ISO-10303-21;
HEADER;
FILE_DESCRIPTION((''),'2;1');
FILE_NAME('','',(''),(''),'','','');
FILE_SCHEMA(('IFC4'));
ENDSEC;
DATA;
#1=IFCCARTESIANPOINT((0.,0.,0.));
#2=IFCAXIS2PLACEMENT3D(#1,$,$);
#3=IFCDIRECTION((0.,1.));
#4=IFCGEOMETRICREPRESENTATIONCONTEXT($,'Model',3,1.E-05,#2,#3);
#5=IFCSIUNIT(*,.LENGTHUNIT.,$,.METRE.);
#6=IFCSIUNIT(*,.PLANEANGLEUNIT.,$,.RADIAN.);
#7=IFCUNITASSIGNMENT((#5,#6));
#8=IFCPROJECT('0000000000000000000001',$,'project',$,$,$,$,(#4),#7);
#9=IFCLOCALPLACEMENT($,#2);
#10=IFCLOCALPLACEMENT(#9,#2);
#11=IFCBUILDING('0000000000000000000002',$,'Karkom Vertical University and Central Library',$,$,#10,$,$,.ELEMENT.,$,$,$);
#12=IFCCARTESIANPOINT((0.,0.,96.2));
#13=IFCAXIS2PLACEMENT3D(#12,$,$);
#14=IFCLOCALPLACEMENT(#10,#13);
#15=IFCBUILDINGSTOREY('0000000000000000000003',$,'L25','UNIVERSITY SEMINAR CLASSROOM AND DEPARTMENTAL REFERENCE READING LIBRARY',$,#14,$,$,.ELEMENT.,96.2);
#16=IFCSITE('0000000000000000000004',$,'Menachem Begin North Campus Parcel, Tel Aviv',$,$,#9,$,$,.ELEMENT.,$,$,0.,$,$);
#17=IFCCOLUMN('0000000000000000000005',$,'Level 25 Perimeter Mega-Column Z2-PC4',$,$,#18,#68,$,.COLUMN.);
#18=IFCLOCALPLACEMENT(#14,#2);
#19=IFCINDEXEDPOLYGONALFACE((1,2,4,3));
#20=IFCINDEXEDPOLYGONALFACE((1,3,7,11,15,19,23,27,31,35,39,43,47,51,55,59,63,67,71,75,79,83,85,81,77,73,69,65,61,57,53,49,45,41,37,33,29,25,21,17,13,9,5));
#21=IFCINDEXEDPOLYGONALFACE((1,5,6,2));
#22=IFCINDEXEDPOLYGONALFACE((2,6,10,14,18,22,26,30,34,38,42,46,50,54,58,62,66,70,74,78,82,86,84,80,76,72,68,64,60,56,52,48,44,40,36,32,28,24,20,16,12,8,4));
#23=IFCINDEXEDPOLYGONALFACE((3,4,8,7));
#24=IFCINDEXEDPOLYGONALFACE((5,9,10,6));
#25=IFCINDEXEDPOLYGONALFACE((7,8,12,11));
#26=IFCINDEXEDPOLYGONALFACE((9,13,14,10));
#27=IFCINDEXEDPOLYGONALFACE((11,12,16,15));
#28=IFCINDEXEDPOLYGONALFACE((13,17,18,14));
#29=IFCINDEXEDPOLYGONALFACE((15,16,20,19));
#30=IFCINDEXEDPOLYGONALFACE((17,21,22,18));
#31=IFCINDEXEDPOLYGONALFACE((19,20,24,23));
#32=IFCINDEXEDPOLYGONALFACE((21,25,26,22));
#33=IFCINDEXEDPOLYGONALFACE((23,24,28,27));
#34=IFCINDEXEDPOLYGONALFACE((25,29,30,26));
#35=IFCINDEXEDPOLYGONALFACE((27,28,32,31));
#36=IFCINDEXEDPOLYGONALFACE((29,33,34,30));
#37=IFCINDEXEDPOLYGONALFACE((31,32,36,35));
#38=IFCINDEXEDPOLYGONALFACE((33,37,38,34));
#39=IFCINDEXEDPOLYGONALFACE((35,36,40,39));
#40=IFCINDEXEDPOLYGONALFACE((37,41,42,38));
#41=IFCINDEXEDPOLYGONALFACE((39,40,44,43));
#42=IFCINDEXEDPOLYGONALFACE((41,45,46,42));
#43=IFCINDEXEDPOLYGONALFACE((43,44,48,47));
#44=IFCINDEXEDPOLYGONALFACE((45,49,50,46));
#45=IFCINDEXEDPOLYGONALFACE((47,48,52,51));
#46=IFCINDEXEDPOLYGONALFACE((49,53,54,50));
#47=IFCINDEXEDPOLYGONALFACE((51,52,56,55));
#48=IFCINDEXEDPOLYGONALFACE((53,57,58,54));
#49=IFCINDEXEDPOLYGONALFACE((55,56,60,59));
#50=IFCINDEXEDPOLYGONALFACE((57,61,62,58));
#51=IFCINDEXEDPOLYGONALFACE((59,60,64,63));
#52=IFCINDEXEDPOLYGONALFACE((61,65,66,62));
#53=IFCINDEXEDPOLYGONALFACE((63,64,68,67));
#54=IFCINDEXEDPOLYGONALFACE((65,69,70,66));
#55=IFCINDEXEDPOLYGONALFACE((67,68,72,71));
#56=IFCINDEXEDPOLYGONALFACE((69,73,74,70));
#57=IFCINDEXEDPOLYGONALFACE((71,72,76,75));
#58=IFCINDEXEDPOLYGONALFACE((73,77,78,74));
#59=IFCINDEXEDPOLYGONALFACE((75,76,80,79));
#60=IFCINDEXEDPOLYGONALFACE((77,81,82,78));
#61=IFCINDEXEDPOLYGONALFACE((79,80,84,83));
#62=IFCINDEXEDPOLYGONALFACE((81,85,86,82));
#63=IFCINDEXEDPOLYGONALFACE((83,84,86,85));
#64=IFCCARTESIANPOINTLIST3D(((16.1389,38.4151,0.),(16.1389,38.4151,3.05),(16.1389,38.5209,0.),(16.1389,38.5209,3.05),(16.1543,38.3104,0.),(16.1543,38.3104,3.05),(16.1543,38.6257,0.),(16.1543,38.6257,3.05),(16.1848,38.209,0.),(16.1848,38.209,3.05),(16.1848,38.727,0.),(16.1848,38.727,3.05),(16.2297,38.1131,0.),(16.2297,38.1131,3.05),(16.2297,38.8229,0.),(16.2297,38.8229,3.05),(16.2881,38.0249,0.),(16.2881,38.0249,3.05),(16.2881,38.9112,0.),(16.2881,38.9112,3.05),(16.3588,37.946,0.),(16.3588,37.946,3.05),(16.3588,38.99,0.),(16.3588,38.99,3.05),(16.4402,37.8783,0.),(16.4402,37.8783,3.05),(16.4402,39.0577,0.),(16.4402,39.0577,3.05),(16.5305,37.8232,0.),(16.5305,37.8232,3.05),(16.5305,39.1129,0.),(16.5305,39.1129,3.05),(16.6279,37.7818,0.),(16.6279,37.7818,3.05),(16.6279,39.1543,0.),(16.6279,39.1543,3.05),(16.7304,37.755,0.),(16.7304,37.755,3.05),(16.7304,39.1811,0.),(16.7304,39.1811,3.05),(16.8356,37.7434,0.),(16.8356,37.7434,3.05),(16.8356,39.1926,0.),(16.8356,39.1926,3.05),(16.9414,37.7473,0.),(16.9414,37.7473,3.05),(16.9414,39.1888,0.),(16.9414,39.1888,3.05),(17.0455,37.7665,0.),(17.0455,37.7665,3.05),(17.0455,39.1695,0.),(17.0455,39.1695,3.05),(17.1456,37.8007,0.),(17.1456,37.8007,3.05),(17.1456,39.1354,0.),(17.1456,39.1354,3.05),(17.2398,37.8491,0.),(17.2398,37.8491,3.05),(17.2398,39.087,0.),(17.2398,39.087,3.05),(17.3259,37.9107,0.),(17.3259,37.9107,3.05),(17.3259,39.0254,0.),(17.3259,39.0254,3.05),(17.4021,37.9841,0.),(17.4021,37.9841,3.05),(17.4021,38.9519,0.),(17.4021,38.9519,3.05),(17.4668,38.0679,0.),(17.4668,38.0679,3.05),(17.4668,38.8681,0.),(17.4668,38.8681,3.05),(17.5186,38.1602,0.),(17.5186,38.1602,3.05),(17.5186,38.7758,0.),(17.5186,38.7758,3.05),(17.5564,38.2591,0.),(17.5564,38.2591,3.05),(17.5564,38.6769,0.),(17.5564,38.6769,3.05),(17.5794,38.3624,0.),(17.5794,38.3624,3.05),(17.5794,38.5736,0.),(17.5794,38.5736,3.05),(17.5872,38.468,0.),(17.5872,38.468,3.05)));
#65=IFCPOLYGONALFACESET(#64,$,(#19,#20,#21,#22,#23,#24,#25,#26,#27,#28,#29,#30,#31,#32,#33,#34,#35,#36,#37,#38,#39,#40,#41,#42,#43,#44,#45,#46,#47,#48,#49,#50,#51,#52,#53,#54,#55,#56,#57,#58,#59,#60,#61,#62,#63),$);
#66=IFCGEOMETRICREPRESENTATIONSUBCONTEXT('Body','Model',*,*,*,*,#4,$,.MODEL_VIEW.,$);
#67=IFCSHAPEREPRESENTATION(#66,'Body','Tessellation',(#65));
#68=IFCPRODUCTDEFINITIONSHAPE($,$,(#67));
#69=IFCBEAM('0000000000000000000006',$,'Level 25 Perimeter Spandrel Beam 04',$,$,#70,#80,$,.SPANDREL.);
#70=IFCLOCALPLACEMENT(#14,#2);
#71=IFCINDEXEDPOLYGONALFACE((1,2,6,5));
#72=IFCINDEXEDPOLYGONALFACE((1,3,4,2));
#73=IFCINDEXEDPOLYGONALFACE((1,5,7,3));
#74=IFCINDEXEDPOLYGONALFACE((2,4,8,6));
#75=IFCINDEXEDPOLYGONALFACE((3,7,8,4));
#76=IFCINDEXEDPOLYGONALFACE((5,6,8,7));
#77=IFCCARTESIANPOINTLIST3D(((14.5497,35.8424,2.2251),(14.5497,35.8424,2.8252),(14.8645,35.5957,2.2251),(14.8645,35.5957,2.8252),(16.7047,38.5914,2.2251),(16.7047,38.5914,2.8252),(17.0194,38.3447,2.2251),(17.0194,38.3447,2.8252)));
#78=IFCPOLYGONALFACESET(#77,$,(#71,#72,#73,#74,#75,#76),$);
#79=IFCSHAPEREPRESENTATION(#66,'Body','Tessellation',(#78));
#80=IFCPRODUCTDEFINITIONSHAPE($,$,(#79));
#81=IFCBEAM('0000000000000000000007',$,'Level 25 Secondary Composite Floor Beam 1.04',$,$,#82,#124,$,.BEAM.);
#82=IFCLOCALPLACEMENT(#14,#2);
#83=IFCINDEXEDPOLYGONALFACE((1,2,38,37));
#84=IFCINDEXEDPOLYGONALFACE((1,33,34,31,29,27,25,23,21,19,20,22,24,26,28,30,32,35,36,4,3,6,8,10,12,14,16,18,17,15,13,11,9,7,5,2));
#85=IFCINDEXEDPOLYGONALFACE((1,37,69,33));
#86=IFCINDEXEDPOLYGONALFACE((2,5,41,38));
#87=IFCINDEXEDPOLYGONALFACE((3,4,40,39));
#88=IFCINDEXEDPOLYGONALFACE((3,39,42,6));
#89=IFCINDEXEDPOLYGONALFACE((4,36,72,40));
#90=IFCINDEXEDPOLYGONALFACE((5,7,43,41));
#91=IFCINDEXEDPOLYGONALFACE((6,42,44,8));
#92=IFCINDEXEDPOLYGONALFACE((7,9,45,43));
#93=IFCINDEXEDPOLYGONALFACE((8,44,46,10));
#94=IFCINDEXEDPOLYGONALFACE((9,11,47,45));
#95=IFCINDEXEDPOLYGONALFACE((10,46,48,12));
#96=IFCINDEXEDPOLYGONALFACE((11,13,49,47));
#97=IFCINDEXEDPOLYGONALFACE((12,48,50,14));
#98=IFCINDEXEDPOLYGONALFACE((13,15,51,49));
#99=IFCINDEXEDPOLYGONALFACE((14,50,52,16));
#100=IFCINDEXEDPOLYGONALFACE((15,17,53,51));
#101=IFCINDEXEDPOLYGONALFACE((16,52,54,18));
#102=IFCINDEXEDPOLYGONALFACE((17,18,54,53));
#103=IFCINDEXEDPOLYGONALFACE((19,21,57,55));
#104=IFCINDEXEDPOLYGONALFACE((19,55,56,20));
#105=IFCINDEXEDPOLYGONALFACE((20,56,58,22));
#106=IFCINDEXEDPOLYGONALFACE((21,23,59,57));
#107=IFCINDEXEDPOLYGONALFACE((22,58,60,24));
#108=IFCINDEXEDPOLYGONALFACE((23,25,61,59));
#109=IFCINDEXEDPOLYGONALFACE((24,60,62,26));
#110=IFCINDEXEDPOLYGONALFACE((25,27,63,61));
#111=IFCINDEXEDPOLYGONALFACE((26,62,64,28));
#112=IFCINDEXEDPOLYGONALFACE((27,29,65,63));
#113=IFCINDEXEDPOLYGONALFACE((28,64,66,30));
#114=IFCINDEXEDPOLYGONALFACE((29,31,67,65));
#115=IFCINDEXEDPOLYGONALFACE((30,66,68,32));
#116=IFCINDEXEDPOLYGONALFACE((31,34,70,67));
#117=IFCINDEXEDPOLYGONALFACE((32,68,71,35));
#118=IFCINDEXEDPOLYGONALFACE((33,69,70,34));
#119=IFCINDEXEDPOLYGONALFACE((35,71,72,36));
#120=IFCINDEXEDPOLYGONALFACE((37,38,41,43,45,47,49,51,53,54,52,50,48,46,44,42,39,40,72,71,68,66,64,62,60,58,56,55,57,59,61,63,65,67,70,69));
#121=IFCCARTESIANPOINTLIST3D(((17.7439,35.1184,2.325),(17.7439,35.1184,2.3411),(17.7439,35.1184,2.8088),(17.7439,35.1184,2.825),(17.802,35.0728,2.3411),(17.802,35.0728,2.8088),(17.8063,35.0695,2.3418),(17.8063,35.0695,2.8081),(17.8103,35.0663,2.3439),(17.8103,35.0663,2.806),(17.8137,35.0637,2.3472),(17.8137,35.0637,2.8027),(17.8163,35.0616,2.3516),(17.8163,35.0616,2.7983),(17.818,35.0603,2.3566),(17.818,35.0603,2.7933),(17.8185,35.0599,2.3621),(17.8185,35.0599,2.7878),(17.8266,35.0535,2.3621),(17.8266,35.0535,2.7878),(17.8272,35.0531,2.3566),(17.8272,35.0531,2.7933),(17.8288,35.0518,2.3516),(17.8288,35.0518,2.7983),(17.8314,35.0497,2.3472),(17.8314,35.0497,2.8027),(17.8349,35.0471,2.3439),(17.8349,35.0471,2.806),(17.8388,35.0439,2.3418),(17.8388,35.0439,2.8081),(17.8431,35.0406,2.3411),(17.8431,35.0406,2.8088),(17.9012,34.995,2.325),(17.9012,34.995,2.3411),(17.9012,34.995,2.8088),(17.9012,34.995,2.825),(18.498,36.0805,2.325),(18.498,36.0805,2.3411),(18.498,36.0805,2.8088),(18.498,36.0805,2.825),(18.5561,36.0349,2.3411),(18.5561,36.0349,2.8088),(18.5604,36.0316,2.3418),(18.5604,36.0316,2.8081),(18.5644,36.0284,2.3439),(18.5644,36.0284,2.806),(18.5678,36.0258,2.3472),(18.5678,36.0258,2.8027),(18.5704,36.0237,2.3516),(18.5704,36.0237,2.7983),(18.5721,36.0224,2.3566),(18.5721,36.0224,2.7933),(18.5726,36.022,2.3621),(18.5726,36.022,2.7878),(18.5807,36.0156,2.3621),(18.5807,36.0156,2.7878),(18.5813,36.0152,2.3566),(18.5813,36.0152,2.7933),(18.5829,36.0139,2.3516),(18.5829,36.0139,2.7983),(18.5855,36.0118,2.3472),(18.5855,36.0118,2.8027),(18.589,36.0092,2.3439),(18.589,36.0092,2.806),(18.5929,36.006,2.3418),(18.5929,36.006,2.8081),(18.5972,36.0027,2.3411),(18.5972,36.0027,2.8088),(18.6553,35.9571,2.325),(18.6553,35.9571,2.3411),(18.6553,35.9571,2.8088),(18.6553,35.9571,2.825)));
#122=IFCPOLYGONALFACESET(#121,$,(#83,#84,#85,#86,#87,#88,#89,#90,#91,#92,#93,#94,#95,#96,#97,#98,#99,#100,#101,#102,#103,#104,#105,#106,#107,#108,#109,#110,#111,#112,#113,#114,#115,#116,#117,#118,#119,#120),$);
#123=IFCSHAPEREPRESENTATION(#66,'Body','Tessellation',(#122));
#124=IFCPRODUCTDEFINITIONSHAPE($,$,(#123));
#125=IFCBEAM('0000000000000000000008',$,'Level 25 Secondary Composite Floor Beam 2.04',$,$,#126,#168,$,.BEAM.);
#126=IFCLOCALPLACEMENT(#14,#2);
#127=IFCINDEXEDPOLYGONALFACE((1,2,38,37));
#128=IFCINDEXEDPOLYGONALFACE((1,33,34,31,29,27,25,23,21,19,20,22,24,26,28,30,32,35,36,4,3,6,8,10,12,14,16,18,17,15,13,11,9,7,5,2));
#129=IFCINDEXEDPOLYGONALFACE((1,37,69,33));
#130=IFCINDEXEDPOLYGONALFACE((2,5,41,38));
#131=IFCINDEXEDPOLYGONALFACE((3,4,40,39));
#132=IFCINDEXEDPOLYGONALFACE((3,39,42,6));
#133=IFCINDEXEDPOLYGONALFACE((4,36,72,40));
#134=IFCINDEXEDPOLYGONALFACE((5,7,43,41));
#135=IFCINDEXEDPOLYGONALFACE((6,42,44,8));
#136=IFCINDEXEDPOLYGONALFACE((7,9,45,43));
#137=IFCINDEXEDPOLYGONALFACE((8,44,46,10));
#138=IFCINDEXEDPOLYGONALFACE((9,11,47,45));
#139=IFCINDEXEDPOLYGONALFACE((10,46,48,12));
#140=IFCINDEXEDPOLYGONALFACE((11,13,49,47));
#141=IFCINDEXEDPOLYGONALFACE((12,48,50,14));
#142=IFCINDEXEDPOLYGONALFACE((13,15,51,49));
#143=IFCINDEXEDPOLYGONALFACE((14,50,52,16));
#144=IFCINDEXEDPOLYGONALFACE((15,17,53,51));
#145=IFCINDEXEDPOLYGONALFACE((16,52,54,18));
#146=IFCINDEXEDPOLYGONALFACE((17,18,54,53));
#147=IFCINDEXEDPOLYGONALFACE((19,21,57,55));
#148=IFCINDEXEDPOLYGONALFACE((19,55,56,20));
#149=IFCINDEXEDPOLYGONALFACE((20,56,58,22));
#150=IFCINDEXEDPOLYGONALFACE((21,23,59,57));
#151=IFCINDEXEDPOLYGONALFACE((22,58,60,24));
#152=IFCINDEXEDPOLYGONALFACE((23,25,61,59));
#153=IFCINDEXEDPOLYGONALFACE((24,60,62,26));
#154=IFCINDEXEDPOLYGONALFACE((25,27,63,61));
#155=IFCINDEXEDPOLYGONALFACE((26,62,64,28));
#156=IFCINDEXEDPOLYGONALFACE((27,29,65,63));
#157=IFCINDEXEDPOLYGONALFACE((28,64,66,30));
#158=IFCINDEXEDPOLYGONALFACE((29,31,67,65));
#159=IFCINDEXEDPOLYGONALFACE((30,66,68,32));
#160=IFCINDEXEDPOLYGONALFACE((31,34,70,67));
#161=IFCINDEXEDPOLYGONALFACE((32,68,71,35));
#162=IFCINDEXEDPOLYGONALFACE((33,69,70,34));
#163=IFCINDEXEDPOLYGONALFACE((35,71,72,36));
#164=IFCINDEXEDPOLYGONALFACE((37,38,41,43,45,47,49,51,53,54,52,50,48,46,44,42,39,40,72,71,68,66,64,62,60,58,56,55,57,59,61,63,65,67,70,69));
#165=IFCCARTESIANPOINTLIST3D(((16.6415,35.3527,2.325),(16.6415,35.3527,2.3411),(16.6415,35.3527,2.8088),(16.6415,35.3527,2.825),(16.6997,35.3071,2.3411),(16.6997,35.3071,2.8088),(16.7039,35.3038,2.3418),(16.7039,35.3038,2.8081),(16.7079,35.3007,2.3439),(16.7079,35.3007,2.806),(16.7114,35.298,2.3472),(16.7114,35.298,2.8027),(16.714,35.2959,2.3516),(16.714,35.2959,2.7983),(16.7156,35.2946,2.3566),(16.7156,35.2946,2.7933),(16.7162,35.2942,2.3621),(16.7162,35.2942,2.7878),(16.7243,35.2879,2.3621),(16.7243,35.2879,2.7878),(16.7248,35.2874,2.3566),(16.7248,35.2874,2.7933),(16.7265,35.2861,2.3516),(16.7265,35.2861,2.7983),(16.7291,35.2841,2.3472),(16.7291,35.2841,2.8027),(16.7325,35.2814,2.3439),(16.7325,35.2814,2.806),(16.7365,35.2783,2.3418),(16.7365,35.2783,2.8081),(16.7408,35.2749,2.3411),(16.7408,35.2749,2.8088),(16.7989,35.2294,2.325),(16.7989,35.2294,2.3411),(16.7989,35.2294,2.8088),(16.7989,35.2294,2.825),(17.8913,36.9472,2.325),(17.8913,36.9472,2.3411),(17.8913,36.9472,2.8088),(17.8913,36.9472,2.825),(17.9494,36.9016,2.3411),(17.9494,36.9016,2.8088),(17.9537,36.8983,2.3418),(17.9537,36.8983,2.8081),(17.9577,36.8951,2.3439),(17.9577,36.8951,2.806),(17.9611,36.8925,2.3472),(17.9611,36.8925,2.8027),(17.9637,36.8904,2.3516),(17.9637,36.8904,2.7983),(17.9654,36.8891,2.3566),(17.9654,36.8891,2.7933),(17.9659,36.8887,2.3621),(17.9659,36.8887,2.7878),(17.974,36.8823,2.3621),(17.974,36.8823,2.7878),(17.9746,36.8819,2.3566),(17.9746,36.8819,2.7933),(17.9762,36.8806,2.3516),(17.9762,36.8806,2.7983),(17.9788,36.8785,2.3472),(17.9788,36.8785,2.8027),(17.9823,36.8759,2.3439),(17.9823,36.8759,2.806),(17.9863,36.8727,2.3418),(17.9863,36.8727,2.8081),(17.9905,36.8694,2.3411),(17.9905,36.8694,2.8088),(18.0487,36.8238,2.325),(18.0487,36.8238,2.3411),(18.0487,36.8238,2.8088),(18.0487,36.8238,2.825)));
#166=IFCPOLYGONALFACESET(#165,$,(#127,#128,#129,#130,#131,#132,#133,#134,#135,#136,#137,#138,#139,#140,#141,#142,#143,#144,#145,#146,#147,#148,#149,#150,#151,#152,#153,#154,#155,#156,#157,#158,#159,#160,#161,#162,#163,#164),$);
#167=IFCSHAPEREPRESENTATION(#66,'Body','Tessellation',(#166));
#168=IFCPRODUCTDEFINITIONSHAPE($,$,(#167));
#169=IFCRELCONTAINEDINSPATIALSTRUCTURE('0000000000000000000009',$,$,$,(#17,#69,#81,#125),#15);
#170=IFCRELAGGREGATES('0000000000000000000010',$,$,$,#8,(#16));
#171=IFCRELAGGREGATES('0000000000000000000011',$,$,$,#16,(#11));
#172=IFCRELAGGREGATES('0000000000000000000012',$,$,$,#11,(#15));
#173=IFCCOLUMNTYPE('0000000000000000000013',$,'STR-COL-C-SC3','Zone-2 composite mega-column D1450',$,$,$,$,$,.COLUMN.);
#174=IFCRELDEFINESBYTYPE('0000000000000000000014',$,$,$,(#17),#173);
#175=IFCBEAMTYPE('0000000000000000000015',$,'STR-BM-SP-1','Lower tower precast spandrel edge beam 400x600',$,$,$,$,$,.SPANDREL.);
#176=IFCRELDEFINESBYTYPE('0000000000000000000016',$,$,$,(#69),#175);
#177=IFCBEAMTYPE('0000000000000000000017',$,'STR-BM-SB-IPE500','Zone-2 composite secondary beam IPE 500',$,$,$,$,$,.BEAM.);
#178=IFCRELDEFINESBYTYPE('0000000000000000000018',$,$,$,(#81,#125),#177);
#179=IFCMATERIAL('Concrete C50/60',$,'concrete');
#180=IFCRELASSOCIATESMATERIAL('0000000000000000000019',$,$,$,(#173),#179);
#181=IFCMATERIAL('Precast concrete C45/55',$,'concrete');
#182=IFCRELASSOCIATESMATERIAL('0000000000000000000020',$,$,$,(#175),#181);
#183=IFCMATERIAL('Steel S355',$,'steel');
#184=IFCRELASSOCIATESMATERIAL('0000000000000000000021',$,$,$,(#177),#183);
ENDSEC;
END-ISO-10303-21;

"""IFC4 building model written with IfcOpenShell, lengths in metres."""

from ifc_helpers import new_model, si_unit, direction, frame, origin, origin_with_axes, origin_2d, place, context, subcontext, project, spatial, rectangle, circle, i_section, extrude, source, transform, mapped, material, material_profile, profile_set, type_object, element, save


model = new_model("IFC4")

# Units and contexts
model_context = context("Model", 3, precision=1e-05, world=origin(), true_north=direction((0.0, 1.0)))
body_context = subcontext(model_context, "Body", "Model", "MODEL_VIEW")
ifc_project = project(units=[si_unit("LENGTHUNIT", "METRE"), si_unit("PLANEANGLEUNIT", "RADIAN")], contexts=[model_context])

# Site, building, storey
site_placement = place(None, origin())
site = spatial("IfcSite", under=ifc_project, at=site_placement, Name="Menachem Begin North Campus Parcel, Tel Aviv", CompositionType="ELEMENT", RefElevation=0.0)
building_placement = place(site_placement, origin())
building = spatial("IfcBuilding", under=site, at=building_placement, Name="Karkom Vertical University and Central Library", CompositionType="ELEMENT")
storey_placement = place(building_placement, frame((0.0, 0.0, 96.2)))
storey = spatial("IfcBuildingStorey", under=building, at=storey_placement, Name="L25", Description="UNIVERSITY SEMINAR CLASSROOM AND DEPARTMENTAL REFERENCE READING LIBRARY", CompositionType="ELEMENT", Elevation=96.2)

# Column
ifc_material_1 = material(Name="Concrete C50/60", Category="concrete")
ifc_material_profile_1 = material_profile(ifc_material_1, circle(Radius=0.7251, at=origin_2d()), Name="CFT-D1450")
ifc_profile_set_1 = profile_set([ifc_material_profile_1], Name="Concrete C50/60")
column_type = type_object("IfcColumnType", Name="STR-COL-C-SC3", Description="Zone-2 composite mega-column D1450", PredefinedType="COLUMN", material=ifc_profile_set_1)
shared_shape_1 = source(origin_with_axes(), body_context, "Body", "SweptSolid", [
    extrude(circle(Radius=0.7251, at=origin_2d()), origin(), (0.0, 0.0, 1.0), 3.05),
])
column_placement = place(storey_placement, frame((16.8621, 38.468, 0.0), z_axis=(0.0, 0.0, 1.0), x_axis=(1.0, 0.0, 0.0)))
element("IfcColumn", 1, at=column_placement, inside=storey, type_object=column_type, Name="Level 25 Perimeter Mega-Column Z2-PC4", PredefinedType="COLUMN", context=body_context, shape_type="MappedRepresentation", body=[
    mapped(shared_shape_1, transform((0.0, 0.0, 0.0), scale=1.0)),
])

# Beams
ifc_material_2 = material(Name="Precast concrete C45/55", Category="concrete")
ifc_material_profile_2 = material_profile(ifc_material_2, rectangle(XDim=0.3999, YDim=0.6001, at=origin_2d()), Name="SPB-400x600")
ifc_profile_set_2 = profile_set([ifc_material_profile_2], Name="Precast concrete C45/55")
beam_type_1 = type_object("IfcBeamType", Name="STR-BM-SP-1", Description="Lower tower precast spandrel edge beam 400x600", PredefinedType="SPANDREL", material=ifc_profile_set_2)
shared_shape_2 = source(origin_with_axes(), body_context, "Body", "SweptSolid", [
    extrude(rectangle(XDim=0.3999, YDim=0.6001, at=origin_2d()), origin(), (0.0, 0.0, 1.0), 3.4929),
])
beam_1_placement = place(storey_placement, frame((16.8621, 38.468, 2.5251), z_axis=(-0.616951, -0.787002, 0.0), x_axis=(0.787002, -0.616951, 0.0)))
element("IfcBeam", 2, at=beam_1_placement, inside=storey, type_object=beam_type_1, Name="Level 25 Perimeter Spandrel Beam 04", PredefinedType="SPANDREL", context=body_context, shape_type="MappedRepresentation", body=[
    mapped(shared_shape_2, transform((0.0, 0.0, 0.0), scale=1.0)),
])
ifc_material_3 = material(Name="Steel S355", Category="steel")
ifc_material_profile_3 = material_profile(ifc_material_3, i_section(OverallWidth=0.2, OverallDepth=0.5, WebThickness=0.0103, FlangeThickness=0.0161, FilletRadius=0.021, at=origin_2d()), Name="IPE 500")
ifc_profile_set_3 = profile_set([ifc_material_profile_3], Name="Steel S355")
beam_type_2 = type_object("IfcBeamType", Name="STR-BM-SB-IPE500", Description="Zone-2 composite secondary beam IPE 500", PredefinedType="BEAM", material=ifc_profile_set_3)
shared_shape_3 = source(origin_with_axes(), body_context, "Body", "SweptSolid", [
    extrude(i_section(OverallWidth=0.2, OverallDepth=0.5, WebThickness=0.0103, FlangeThickness=0.0161, FilletRadius=0.021, at=origin_2d()), origin(), (0.0, 0.0, 1.0), 1.2224),
])
beam_2_placement = place(storey_placement, frame((18.5767, 36.0188, 2.575), z_axis=(-0.616895, -0.787045, 0.0), x_axis=(0.787045, -0.616895, 0.0)))
element("IfcBeam", 3, at=beam_2_placement, inside=storey, type_object=beam_type_2, Name="Level 25 Secondary Composite Floor Beam 1.04", PredefinedType="BEAM", context=body_context, shape_type="MappedRepresentation", body=[
    mapped(shared_shape_3, transform((0.0, 0.0, 0.0), scale=1.0)),
])
shared_shape_4 = source(origin_with_axes(), body_context, "Body", "SweptSolid", [
    extrude(i_section(OverallWidth=0.2, OverallDepth=0.5, WebThickness=0.0103, FlangeThickness=0.0161, FilletRadius=0.021, at=origin_2d()), origin(), (0.0, 0.0, 1.0), 2.0259),
])
beam_3_placement = place(storey_placement, frame((17.97, 36.8855, 2.575), z_axis=(-0.61689, -0.78705, 0.0), x_axis=(0.78705, -0.61689, 0.0)))
element("IfcBeam", 4, at=beam_3_placement, inside=storey, type_object=beam_type_2, Name="Level 25 Secondary Composite Floor Beam 2.04", PredefinedType="BEAM", context=body_context, shape_type="MappedRepresentation", body=[
    mapped(shared_shape_4, transform((0.0, 0.0, 0.0), scale=1.0)),
])

save(model, "model.ifc")
